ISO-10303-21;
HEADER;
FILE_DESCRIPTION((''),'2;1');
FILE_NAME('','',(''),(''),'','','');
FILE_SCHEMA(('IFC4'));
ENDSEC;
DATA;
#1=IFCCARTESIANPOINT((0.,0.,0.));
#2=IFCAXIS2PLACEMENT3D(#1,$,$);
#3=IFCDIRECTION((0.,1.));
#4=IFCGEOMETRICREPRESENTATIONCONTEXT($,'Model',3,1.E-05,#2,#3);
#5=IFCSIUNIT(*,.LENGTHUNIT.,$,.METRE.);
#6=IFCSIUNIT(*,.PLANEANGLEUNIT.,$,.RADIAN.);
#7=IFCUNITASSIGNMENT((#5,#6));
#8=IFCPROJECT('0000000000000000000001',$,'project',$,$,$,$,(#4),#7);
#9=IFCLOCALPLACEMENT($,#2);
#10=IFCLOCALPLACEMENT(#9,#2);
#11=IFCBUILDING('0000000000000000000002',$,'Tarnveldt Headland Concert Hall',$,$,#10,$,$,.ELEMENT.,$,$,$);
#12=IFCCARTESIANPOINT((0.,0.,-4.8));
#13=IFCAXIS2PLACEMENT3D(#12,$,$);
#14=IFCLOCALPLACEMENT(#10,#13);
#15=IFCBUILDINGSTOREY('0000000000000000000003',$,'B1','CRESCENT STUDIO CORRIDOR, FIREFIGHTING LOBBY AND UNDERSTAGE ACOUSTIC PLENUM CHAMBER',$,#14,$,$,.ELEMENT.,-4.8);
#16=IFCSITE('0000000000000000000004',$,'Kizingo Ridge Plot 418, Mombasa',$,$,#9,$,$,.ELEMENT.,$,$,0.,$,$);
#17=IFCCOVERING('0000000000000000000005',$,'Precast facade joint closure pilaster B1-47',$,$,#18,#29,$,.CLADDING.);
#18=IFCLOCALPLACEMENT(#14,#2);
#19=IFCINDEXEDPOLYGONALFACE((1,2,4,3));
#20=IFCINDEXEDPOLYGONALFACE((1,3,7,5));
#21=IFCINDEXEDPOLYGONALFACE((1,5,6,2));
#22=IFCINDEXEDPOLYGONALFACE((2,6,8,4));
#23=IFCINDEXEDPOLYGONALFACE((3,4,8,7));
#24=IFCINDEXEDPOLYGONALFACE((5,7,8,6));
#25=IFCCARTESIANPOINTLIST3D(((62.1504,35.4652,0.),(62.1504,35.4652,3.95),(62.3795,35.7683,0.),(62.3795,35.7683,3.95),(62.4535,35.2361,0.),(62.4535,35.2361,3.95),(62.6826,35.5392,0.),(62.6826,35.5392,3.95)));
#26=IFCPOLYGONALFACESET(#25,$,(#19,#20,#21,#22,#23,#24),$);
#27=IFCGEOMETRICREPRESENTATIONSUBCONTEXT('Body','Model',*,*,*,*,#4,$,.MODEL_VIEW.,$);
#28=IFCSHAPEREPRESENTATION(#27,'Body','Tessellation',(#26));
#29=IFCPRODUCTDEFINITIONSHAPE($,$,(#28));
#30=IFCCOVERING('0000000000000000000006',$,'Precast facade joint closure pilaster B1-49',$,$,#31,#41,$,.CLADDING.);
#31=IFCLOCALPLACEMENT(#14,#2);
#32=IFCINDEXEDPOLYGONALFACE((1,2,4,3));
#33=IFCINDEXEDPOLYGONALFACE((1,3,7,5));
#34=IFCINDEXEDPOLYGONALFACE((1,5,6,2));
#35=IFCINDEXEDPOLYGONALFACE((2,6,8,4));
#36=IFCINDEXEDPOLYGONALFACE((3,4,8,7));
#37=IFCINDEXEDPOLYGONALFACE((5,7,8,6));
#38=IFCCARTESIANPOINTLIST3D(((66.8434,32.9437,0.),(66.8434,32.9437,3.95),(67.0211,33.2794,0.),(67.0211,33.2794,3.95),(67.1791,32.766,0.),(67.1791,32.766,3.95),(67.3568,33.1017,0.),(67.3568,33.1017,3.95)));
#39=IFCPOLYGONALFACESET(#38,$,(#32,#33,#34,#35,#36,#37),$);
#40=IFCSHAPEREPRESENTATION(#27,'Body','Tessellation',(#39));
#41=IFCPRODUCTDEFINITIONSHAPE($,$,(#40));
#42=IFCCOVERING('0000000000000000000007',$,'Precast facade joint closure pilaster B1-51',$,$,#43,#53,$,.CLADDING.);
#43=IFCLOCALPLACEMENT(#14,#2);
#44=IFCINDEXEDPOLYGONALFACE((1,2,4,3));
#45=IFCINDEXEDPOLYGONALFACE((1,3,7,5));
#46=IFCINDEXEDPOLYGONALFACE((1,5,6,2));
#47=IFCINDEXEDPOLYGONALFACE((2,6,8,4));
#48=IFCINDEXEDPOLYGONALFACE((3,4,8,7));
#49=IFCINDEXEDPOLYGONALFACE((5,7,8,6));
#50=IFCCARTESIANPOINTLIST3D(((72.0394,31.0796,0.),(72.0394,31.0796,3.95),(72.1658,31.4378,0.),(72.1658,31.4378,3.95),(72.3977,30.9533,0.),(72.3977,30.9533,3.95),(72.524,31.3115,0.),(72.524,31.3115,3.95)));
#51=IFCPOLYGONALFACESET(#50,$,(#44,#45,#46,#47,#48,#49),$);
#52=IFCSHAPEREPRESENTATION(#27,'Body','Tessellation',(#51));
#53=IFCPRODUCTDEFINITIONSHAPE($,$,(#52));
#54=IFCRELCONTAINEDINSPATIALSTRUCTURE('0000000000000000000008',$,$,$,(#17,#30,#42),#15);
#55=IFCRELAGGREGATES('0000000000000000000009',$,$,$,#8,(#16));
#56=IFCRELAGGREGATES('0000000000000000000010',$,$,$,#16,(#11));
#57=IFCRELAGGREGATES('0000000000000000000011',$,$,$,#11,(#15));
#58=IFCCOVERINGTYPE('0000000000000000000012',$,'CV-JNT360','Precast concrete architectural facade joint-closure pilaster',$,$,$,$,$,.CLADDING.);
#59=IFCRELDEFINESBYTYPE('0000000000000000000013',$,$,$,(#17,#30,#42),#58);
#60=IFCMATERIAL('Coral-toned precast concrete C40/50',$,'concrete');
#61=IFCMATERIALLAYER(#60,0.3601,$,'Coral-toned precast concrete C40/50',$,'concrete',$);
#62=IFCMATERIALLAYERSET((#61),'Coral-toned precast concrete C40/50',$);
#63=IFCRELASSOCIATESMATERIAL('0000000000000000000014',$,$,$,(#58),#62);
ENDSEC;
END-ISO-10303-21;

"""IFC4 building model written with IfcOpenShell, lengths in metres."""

from ifc_helpers import new_model, si_unit, direction, frame, origin, origin_2d, place, context, subcontext, project, spatial, rectangle, extrude, material, layer, layer_set, type_object, element, save


model = new_model("IFC4")

# Units and contexts
model_context = context("Model", 3, precision=1e-05, world=origin(), true_north=direction((0.0, 1.0)))
body_context = subcontext(model_context, "Body", "Model", "MODEL_VIEW")
ifc_project = project(units=[si_unit("LENGTHUNIT", "METRE"), si_unit("PLANEANGLEUNIT", "RADIAN")], contexts=[model_context])

# Site, building, storey
site_placement = place(None, origin())
site = spatial("IfcSite", under=ifc_project, at=site_placement, Name="Kizingo Ridge Plot 418, Mombasa", CompositionType="ELEMENT", RefElevation=0.0)
building_placement = place(site_placement, origin())
building = spatial("IfcBuilding", under=site, at=building_placement, Name="Tarnveldt Headland Concert Hall", CompositionType="ELEMENT")
storey_placement = place(building_placement, frame((0.0, 0.0, -4.8)))
storey = spatial("IfcBuildingStorey", under=building, at=storey_placement, Name="B1", Description="CRESCENT STUDIO CORRIDOR, FIREFIGHTING LOBBY AND UNDERSTAGE ACOUSTIC PLENUM CHAMBER", CompositionType="ELEMENT", Elevation=-4.8)

# Shared definitions
ifc_material_1 = material(Name="Coral-toned precast concrete C40/50", Category="concrete")

# Coverings
ifc_layer_1 = layer(ifc_material_1, 0.3601, Name="Coral-toned precast concrete C40/50", Category="concrete")
ifc_layer_set_1 = layer_set([ifc_layer_1], Name="Coral-toned precast concrete C40/50")
covering_type = type_object("IfcCoveringType", Name="CV-JNT360", Description="Precast concrete architectural facade joint-closure pilaster", PredefinedType="CLADDING", material=ifc_layer_set_1)
for number, where, z_axis, x_axis, name in (
    (1, (62.4165, 35.5022, 0.0), (0.0, 0.0, 1.0), (-0.797689, 0.603069, 0.0), "Precast facade joint closure pilaster B1-47"),
    (2, (67.1001, 33.0227, 0.0), (0.0, 0.0, 1.0), (-0.883766, 0.46793, 0.0), "Precast facade joint closure pilaster B1-49"),
    (3, (72.2817, 31.1956, 0.0), (0.0, 0.0, 1.0), (-0.943107, 0.33249, 0.0), "Precast facade joint closure pilaster B1-51"),
):
    element("IfcCovering", number, at=place(storey_placement, frame(where, z_axis=z_axis, x_axis=x_axis)), inside=storey, type_object=covering_type, Name=name, PredefinedType="CLADDING", context=body_context, shape_type="SweptSolid", body=[
        extrude(rectangle(XDim=0.3799, YDim=0.3799, at=origin_2d()), origin(), (0.0, 0.0, 1.0), 3.95),
    ])

save(model, "model.ifc")
